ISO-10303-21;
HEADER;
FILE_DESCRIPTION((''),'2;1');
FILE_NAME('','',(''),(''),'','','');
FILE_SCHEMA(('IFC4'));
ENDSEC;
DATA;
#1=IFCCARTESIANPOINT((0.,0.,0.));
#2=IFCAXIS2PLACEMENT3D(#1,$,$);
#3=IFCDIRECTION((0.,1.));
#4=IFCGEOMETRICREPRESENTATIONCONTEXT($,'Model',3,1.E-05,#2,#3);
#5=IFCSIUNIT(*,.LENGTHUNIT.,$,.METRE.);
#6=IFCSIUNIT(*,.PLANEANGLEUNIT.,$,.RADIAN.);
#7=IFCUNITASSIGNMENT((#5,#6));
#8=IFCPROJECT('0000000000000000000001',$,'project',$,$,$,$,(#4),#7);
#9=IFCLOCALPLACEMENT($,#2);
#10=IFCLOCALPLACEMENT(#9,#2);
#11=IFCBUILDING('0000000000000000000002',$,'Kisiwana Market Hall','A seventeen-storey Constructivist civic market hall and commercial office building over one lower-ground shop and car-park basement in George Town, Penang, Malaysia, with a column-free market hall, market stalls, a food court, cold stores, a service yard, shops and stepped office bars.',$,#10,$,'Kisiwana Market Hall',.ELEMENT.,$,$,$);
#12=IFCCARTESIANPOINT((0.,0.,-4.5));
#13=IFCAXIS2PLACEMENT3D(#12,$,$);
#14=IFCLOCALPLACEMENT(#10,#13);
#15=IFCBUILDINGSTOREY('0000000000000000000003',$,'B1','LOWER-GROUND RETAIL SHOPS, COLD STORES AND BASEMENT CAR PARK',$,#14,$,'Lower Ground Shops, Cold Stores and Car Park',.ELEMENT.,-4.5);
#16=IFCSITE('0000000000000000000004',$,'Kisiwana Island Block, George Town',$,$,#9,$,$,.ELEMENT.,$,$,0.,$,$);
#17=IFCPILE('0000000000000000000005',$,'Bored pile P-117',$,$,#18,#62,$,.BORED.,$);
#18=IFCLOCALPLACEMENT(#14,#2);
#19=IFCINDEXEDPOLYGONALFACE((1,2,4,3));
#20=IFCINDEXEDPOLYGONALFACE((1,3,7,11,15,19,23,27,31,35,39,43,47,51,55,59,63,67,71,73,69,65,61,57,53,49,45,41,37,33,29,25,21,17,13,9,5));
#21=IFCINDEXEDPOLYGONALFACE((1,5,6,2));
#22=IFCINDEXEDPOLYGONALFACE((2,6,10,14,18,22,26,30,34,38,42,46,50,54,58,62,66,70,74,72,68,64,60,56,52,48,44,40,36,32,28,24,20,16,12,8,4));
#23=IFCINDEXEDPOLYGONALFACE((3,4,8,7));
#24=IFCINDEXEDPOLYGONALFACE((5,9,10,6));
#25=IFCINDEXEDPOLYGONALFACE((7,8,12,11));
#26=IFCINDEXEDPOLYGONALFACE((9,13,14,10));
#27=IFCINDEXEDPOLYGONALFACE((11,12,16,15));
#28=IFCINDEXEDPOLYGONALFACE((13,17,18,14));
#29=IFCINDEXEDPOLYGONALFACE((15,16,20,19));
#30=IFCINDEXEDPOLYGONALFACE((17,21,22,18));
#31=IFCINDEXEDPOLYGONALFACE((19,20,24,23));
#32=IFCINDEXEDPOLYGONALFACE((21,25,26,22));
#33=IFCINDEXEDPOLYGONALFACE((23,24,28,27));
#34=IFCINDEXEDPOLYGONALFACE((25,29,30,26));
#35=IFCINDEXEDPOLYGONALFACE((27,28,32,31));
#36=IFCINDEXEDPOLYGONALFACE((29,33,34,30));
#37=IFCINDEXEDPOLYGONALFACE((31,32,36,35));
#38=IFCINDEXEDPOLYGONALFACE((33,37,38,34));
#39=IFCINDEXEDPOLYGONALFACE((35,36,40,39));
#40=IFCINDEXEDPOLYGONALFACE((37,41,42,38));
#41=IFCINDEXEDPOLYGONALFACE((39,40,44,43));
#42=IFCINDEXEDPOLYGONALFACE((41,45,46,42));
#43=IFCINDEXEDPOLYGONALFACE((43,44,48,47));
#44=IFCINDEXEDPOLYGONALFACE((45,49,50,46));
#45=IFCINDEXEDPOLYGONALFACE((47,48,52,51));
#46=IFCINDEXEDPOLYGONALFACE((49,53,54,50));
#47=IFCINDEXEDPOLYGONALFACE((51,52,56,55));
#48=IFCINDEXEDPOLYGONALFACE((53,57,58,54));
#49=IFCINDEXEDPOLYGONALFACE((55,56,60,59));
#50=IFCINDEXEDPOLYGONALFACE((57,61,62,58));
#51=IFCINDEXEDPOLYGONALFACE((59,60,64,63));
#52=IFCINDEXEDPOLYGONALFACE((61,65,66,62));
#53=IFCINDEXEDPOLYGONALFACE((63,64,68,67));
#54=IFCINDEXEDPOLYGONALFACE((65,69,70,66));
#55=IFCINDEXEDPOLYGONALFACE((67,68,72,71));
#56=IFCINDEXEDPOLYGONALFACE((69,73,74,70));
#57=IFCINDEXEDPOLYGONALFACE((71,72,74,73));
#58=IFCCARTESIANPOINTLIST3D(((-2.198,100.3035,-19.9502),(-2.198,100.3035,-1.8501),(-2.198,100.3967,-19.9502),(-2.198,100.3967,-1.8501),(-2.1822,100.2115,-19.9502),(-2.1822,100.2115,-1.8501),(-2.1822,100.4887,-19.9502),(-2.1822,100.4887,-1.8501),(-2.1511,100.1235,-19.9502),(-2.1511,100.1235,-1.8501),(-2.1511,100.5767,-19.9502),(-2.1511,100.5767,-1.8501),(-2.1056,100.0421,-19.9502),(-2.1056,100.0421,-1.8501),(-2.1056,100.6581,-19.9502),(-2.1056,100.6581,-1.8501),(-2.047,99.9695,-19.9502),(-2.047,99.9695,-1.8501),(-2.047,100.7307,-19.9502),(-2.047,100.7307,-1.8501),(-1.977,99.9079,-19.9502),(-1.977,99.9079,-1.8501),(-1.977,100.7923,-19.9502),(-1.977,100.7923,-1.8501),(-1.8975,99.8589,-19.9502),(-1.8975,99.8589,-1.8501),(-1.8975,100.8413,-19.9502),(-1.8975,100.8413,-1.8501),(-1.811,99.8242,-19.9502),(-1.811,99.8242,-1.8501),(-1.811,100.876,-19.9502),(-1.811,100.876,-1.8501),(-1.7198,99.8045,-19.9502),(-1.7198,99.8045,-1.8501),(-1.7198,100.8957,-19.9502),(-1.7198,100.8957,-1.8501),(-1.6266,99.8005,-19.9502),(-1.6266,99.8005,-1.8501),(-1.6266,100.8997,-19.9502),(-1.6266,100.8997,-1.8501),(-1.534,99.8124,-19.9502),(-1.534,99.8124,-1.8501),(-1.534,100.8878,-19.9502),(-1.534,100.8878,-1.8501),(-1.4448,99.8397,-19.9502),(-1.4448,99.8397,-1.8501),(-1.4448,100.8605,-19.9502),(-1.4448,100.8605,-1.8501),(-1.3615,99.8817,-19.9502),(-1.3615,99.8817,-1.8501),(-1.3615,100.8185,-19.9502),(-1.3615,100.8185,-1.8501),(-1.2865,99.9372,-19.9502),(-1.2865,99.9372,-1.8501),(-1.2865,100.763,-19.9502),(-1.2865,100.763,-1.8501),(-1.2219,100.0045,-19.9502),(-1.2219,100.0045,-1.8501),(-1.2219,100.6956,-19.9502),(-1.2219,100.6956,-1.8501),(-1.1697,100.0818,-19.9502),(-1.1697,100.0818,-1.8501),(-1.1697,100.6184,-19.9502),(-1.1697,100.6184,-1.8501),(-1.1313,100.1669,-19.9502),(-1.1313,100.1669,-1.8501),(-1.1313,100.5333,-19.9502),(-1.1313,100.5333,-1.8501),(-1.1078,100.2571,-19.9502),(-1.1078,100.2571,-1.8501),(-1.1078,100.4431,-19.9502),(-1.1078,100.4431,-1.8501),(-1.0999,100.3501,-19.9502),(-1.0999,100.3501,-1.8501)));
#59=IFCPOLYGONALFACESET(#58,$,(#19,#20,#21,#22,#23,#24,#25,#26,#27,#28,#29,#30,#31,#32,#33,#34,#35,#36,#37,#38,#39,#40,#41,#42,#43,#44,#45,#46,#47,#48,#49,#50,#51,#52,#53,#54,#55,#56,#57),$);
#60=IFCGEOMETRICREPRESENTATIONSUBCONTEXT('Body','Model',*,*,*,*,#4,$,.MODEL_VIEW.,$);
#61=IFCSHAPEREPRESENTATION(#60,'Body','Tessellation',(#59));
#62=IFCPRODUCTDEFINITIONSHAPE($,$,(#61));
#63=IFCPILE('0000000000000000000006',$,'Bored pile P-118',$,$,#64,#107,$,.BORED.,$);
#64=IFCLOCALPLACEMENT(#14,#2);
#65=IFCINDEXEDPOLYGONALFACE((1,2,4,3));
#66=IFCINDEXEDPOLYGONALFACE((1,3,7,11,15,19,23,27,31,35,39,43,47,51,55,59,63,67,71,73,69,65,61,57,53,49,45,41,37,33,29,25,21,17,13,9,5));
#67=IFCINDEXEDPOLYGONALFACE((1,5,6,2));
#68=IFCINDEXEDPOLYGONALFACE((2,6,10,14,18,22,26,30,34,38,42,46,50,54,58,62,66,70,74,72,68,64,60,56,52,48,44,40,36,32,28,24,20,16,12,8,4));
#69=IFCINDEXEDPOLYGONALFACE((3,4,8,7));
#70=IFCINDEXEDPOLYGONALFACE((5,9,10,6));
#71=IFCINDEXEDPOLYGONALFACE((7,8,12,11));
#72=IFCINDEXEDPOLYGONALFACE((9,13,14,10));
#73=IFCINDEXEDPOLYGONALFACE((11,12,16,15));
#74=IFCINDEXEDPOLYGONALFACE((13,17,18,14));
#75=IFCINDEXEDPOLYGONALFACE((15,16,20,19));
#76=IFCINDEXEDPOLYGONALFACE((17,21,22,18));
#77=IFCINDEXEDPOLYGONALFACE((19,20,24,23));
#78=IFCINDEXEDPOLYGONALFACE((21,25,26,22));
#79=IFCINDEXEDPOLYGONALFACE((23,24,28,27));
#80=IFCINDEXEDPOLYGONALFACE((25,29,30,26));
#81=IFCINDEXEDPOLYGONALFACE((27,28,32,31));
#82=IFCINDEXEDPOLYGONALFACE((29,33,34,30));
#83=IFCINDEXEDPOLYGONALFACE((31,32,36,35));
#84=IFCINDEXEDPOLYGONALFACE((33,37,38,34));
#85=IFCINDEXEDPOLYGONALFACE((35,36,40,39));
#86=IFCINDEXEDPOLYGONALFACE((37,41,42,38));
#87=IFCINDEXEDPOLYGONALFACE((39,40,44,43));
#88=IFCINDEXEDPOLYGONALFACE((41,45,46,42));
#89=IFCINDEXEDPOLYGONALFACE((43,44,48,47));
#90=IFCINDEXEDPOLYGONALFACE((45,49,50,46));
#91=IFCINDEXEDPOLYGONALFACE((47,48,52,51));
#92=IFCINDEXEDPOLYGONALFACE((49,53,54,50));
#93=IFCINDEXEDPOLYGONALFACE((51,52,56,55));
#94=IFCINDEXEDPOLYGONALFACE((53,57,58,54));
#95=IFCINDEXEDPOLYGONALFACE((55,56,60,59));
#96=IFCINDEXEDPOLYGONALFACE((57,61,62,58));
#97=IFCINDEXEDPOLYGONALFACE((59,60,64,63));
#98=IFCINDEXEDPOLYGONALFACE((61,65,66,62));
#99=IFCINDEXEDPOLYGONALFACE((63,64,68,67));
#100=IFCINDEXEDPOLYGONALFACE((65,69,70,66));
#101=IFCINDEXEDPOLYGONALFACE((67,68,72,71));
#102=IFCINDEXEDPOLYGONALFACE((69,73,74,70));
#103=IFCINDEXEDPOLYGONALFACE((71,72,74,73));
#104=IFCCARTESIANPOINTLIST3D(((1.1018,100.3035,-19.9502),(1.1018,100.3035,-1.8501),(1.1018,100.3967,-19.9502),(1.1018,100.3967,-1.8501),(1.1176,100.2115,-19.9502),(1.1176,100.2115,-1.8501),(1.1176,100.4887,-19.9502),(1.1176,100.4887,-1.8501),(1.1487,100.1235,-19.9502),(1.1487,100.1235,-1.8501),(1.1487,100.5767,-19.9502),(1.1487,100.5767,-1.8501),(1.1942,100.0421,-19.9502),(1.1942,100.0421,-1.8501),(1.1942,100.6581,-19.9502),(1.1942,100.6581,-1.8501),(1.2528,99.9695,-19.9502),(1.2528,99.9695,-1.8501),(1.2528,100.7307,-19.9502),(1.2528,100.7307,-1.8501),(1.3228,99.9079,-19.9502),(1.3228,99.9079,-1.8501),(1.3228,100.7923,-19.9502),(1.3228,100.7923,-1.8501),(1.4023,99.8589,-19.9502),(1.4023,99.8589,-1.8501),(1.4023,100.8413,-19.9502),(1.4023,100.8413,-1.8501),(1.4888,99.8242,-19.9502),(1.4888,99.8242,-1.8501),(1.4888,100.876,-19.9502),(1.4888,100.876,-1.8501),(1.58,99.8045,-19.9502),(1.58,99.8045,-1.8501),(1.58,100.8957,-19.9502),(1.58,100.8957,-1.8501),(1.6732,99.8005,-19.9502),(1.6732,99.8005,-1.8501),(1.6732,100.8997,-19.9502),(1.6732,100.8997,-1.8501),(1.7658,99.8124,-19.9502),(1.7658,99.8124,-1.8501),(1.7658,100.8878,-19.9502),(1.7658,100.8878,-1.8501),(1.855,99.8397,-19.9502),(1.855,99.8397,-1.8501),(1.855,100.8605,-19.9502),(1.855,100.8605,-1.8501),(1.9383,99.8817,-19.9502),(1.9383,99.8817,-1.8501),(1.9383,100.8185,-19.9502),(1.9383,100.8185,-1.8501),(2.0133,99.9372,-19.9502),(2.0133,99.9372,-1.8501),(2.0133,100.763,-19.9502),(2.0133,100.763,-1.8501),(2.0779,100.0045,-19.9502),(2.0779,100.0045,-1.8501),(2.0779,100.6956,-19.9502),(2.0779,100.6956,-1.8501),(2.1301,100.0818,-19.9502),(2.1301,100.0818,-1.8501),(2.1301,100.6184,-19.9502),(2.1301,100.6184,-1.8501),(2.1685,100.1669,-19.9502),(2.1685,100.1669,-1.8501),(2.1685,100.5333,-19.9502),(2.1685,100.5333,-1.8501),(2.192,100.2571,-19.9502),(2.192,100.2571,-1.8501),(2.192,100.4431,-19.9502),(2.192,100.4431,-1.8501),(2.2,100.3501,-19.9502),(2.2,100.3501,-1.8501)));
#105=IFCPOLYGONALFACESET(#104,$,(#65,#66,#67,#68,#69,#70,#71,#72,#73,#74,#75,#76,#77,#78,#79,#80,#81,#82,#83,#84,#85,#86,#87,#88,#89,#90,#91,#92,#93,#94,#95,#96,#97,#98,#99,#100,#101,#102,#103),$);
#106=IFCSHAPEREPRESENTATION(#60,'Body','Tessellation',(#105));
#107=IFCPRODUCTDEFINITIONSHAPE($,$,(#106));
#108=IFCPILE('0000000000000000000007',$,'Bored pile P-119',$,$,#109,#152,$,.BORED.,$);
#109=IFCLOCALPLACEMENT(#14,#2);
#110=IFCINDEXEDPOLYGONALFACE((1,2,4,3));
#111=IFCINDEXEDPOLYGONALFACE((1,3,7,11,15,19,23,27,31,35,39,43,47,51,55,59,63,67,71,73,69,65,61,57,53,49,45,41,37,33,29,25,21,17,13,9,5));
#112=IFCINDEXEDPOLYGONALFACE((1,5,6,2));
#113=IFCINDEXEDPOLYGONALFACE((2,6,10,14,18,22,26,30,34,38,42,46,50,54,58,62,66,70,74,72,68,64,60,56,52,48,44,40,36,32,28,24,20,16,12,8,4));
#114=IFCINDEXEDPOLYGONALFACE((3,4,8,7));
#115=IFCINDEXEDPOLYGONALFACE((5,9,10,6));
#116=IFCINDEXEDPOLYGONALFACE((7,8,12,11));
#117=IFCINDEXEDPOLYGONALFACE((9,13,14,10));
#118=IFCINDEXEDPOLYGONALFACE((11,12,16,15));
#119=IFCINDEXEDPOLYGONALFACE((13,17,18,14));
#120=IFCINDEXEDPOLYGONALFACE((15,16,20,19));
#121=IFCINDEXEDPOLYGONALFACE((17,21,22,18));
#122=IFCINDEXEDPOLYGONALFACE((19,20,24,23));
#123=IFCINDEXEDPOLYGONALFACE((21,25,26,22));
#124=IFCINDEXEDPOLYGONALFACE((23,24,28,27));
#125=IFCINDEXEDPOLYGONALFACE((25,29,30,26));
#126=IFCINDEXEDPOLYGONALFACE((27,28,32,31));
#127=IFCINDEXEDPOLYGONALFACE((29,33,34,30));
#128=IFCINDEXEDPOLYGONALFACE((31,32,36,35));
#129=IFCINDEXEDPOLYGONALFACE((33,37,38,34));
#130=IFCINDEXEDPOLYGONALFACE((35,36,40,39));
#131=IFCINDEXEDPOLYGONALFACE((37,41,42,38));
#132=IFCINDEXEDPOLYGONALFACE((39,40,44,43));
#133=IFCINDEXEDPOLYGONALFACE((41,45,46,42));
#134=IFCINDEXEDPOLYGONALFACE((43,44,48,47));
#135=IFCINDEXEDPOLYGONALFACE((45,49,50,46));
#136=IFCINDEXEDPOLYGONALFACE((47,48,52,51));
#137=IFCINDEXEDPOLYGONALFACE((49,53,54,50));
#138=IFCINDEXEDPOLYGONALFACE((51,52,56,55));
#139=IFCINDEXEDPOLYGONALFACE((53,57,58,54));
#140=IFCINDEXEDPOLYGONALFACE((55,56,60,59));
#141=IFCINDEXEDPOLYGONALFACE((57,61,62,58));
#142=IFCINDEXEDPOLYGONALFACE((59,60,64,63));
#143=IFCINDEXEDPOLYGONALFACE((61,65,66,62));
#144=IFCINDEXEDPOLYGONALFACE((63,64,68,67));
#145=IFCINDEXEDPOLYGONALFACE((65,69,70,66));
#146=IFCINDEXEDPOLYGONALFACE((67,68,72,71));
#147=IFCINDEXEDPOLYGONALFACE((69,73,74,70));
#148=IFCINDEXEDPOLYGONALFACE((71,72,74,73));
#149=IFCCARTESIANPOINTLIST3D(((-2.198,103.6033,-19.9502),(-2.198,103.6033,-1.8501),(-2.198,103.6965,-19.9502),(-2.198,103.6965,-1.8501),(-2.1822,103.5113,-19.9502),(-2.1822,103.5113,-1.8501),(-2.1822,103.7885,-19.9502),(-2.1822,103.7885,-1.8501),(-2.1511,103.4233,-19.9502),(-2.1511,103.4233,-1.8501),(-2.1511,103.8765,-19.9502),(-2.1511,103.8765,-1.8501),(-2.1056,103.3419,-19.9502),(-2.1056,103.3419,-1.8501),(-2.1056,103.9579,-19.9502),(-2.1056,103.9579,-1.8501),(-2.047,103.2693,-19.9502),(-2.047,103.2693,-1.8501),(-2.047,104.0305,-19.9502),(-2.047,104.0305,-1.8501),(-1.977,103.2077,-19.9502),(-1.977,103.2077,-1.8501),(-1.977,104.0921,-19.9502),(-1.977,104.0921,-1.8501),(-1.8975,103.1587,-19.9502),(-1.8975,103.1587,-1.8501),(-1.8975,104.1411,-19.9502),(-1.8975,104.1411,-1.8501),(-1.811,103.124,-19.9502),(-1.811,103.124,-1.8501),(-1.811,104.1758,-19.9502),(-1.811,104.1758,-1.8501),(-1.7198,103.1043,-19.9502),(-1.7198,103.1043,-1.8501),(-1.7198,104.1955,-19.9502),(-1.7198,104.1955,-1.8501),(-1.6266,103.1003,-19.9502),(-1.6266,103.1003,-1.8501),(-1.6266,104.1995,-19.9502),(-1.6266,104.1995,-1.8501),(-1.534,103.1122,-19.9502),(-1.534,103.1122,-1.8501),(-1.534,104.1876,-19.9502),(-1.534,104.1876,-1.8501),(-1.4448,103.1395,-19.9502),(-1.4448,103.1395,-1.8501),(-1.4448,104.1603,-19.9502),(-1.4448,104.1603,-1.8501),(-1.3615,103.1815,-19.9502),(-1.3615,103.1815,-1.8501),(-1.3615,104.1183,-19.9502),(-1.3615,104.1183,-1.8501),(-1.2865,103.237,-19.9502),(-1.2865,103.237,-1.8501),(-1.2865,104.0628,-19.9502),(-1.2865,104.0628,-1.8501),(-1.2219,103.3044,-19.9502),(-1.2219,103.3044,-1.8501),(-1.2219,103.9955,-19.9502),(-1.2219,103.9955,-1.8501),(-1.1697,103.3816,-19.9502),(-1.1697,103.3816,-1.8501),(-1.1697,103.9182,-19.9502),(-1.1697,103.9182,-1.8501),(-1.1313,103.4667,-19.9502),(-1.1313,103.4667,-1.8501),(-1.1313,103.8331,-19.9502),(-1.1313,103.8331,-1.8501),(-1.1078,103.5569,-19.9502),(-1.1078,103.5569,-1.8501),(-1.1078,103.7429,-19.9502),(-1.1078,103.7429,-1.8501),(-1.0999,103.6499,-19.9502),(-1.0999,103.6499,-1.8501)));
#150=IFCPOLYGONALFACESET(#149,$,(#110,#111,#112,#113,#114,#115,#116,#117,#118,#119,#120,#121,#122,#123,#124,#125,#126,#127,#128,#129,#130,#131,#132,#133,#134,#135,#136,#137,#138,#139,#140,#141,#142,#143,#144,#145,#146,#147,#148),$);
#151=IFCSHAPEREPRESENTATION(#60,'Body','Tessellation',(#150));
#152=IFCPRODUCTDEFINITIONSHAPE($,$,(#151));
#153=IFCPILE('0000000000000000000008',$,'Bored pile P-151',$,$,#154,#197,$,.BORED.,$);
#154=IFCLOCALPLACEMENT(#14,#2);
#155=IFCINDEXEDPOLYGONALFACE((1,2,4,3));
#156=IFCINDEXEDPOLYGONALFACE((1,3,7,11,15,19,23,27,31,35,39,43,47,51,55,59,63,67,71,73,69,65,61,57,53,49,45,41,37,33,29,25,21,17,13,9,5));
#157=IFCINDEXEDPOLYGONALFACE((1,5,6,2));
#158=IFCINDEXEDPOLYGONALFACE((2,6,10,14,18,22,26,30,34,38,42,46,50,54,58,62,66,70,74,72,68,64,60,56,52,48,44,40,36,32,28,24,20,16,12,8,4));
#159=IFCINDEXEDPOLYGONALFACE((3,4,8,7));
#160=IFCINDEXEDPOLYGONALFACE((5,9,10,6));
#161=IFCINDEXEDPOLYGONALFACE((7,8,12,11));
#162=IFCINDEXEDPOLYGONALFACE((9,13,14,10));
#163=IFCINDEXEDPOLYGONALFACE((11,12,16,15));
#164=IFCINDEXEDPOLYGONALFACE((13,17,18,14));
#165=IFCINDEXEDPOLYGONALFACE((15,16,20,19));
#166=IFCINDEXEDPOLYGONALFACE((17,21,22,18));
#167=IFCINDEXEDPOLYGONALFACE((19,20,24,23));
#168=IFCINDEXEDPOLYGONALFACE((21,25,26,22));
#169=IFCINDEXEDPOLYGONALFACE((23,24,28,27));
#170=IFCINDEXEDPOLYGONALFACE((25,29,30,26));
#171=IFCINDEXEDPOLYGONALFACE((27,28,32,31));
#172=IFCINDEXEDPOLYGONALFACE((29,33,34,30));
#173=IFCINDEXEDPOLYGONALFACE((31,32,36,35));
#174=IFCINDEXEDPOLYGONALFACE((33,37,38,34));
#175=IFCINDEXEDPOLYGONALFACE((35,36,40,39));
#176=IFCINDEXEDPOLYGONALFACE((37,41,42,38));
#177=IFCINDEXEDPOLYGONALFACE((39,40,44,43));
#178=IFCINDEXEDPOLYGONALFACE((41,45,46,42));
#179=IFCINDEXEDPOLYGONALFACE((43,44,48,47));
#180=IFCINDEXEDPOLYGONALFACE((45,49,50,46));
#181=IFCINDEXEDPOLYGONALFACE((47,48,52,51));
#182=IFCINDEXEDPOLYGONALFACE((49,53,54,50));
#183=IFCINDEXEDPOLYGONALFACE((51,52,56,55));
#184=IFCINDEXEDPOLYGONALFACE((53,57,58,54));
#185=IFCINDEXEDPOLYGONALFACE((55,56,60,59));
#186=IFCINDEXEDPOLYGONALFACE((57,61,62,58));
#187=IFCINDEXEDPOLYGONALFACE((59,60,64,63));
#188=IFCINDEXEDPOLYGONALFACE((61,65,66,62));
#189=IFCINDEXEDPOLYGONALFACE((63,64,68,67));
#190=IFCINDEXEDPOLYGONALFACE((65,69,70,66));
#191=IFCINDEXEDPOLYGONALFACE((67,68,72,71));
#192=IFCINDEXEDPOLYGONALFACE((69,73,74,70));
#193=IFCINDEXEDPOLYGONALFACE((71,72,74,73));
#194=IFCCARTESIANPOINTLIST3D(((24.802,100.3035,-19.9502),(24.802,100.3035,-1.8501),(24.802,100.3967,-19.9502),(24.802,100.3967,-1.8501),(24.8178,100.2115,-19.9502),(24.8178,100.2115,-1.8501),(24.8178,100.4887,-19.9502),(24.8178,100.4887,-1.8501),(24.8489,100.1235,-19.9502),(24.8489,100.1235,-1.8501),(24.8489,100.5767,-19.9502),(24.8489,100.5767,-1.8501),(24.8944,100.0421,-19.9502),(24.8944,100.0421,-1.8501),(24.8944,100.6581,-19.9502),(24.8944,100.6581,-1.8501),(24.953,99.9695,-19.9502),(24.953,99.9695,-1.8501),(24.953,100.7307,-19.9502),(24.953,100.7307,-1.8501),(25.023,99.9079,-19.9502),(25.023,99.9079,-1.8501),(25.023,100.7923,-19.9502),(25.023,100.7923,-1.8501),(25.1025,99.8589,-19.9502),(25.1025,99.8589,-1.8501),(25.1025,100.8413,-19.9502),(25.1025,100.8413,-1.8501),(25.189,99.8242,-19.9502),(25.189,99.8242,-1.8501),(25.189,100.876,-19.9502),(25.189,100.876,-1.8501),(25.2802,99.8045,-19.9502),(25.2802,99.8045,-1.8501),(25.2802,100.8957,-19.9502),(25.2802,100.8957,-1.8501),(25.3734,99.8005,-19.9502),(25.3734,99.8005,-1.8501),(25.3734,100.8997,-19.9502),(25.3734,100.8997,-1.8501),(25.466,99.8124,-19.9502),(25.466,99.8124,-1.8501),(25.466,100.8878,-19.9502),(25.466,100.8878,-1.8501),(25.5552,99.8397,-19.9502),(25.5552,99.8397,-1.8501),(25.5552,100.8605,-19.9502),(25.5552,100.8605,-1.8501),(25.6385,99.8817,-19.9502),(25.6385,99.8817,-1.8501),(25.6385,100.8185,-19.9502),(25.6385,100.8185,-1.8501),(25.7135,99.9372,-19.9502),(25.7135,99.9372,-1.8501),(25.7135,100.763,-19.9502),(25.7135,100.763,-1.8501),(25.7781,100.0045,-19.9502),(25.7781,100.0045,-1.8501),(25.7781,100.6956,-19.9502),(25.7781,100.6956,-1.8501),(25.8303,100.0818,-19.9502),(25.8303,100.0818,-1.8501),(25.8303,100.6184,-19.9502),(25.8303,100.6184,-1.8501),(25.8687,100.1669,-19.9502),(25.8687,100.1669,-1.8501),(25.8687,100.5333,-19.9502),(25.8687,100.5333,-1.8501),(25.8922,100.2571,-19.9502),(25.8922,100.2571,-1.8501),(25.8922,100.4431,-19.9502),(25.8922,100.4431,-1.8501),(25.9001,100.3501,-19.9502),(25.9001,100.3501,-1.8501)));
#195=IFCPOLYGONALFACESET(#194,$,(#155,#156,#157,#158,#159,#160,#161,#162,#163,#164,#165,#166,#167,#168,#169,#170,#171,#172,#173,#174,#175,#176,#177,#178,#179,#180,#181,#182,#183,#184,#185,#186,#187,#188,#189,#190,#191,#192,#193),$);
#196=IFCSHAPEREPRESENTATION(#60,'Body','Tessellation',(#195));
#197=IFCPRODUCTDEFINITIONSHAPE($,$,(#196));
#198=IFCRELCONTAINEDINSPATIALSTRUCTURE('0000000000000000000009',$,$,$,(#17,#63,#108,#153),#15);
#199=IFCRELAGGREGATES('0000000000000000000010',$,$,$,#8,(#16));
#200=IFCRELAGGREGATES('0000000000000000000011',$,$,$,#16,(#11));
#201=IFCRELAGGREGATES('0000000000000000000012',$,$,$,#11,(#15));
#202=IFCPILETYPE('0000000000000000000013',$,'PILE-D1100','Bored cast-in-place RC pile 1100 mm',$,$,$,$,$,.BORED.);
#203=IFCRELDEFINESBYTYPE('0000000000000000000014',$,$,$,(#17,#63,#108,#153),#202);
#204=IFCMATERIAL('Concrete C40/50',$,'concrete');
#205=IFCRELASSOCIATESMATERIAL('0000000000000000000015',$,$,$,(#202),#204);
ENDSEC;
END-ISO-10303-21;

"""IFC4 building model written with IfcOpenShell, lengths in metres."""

from ifc_helpers import new_model, si_unit, direction, frame, origin, origin_2d, place, context, subcontext, project, spatial, circle, extrude, material, material_profile, profile_set, type_object, element, save


model = new_model("IFC4")

# Units and contexts
model_context = context("Model", 3, precision=1e-05, world=origin(), true_north=direction((0.0, 1.0)))
body_context = subcontext(model_context, "Body", "Model", "MODEL_VIEW")
ifc_project = project(units=[si_unit("LENGTHUNIT", "METRE"), si_unit("PLANEANGLEUNIT", "RADIAN")], contexts=[model_context])

# Site, building, storey
site_placement = place(None, origin())
site = spatial("IfcSite", under=ifc_project, at=site_placement, Name="Kisiwana Island Block, George Town", CompositionType="ELEMENT", RefElevation=0.0)
building_placement = place(site_placement, origin())
building = spatial("IfcBuilding", under=site, at=building_placement, Name="Kisiwana Market Hall", Description="A seventeen-storey Constructivist civic market hall and commercial office building over one lower-ground shop and car-park basement in George Town, Penang, Malaysia, with a column-free market hall, market stalls, a food court, cold stores, a service yard, shops and stepped office bars.", LongName="Kisiwana Market Hall", CompositionType="ELEMENT")
storey_placement = place(building_placement, frame((0.0, 0.0, -4.5)))
storey = spatial("IfcBuildingStorey", under=building, at=storey_placement, Name="B1", Description="LOWER-GROUND RETAIL SHOPS, COLD STORES AND BASEMENT CAR PARK", LongName="Lower Ground Shops, Cold Stores and Car Park", CompositionType="ELEMENT", Elevation=-4.5)

# Piles
ifc_material_1 = material(Name="Concrete C40/50", Category="concrete")
ifc_material_profile_1 = material_profile(ifc_material_1, circle(Radius=0.55, at=origin_2d()), Name="BP D1100")
ifc_profile_set_1 = profile_set([ifc_material_profile_1], Name="Concrete C40/50")
pile_type_1 = type_object("IfcPileType", Name="PILE-D1100", Description="Bored cast-in-place RC pile 1100 mm", PredefinedType="BORED", material=ifc_profile_set_1)
for number, where, z_axis, x_axis, name in (
    (1, (-1.6499, 100.3501, -1.8501), (0.0, 0.0, -1.0), (1.0, 0.0, 0.0), "Bored pile P-117"),
    (2, (1.6499, 100.3501, -1.8501), (0.0, 0.0, -1.0), (1.0, 0.0, 0.0), "Bored pile P-118"),
    (3, (-1.6499, 103.6499, -1.8501), (0.0, 0.0, -1.0), (1.0, 0.0, 0.0), "Bored pile P-119"),
    (4, (25.3501, 100.3501, -1.8501), (0.0, 0.0, -1.0), (1.0, 0.0, 0.0), "Bored pile P-151"),
):
    element("IfcPile", number, at=place(storey_placement, frame(where, z_axis=z_axis, x_axis=x_axis)), inside=storey, type_object=pile_type_1, Name=name, PredefinedType="BORED", context=body_context, shape_type="SweptSolid", body=[
        extrude(circle(Radius=0.55, at=origin_2d()), origin(), (0.0, 0.0, 1.0), 18.1001),
    ])

save(model, "model.ifc")
